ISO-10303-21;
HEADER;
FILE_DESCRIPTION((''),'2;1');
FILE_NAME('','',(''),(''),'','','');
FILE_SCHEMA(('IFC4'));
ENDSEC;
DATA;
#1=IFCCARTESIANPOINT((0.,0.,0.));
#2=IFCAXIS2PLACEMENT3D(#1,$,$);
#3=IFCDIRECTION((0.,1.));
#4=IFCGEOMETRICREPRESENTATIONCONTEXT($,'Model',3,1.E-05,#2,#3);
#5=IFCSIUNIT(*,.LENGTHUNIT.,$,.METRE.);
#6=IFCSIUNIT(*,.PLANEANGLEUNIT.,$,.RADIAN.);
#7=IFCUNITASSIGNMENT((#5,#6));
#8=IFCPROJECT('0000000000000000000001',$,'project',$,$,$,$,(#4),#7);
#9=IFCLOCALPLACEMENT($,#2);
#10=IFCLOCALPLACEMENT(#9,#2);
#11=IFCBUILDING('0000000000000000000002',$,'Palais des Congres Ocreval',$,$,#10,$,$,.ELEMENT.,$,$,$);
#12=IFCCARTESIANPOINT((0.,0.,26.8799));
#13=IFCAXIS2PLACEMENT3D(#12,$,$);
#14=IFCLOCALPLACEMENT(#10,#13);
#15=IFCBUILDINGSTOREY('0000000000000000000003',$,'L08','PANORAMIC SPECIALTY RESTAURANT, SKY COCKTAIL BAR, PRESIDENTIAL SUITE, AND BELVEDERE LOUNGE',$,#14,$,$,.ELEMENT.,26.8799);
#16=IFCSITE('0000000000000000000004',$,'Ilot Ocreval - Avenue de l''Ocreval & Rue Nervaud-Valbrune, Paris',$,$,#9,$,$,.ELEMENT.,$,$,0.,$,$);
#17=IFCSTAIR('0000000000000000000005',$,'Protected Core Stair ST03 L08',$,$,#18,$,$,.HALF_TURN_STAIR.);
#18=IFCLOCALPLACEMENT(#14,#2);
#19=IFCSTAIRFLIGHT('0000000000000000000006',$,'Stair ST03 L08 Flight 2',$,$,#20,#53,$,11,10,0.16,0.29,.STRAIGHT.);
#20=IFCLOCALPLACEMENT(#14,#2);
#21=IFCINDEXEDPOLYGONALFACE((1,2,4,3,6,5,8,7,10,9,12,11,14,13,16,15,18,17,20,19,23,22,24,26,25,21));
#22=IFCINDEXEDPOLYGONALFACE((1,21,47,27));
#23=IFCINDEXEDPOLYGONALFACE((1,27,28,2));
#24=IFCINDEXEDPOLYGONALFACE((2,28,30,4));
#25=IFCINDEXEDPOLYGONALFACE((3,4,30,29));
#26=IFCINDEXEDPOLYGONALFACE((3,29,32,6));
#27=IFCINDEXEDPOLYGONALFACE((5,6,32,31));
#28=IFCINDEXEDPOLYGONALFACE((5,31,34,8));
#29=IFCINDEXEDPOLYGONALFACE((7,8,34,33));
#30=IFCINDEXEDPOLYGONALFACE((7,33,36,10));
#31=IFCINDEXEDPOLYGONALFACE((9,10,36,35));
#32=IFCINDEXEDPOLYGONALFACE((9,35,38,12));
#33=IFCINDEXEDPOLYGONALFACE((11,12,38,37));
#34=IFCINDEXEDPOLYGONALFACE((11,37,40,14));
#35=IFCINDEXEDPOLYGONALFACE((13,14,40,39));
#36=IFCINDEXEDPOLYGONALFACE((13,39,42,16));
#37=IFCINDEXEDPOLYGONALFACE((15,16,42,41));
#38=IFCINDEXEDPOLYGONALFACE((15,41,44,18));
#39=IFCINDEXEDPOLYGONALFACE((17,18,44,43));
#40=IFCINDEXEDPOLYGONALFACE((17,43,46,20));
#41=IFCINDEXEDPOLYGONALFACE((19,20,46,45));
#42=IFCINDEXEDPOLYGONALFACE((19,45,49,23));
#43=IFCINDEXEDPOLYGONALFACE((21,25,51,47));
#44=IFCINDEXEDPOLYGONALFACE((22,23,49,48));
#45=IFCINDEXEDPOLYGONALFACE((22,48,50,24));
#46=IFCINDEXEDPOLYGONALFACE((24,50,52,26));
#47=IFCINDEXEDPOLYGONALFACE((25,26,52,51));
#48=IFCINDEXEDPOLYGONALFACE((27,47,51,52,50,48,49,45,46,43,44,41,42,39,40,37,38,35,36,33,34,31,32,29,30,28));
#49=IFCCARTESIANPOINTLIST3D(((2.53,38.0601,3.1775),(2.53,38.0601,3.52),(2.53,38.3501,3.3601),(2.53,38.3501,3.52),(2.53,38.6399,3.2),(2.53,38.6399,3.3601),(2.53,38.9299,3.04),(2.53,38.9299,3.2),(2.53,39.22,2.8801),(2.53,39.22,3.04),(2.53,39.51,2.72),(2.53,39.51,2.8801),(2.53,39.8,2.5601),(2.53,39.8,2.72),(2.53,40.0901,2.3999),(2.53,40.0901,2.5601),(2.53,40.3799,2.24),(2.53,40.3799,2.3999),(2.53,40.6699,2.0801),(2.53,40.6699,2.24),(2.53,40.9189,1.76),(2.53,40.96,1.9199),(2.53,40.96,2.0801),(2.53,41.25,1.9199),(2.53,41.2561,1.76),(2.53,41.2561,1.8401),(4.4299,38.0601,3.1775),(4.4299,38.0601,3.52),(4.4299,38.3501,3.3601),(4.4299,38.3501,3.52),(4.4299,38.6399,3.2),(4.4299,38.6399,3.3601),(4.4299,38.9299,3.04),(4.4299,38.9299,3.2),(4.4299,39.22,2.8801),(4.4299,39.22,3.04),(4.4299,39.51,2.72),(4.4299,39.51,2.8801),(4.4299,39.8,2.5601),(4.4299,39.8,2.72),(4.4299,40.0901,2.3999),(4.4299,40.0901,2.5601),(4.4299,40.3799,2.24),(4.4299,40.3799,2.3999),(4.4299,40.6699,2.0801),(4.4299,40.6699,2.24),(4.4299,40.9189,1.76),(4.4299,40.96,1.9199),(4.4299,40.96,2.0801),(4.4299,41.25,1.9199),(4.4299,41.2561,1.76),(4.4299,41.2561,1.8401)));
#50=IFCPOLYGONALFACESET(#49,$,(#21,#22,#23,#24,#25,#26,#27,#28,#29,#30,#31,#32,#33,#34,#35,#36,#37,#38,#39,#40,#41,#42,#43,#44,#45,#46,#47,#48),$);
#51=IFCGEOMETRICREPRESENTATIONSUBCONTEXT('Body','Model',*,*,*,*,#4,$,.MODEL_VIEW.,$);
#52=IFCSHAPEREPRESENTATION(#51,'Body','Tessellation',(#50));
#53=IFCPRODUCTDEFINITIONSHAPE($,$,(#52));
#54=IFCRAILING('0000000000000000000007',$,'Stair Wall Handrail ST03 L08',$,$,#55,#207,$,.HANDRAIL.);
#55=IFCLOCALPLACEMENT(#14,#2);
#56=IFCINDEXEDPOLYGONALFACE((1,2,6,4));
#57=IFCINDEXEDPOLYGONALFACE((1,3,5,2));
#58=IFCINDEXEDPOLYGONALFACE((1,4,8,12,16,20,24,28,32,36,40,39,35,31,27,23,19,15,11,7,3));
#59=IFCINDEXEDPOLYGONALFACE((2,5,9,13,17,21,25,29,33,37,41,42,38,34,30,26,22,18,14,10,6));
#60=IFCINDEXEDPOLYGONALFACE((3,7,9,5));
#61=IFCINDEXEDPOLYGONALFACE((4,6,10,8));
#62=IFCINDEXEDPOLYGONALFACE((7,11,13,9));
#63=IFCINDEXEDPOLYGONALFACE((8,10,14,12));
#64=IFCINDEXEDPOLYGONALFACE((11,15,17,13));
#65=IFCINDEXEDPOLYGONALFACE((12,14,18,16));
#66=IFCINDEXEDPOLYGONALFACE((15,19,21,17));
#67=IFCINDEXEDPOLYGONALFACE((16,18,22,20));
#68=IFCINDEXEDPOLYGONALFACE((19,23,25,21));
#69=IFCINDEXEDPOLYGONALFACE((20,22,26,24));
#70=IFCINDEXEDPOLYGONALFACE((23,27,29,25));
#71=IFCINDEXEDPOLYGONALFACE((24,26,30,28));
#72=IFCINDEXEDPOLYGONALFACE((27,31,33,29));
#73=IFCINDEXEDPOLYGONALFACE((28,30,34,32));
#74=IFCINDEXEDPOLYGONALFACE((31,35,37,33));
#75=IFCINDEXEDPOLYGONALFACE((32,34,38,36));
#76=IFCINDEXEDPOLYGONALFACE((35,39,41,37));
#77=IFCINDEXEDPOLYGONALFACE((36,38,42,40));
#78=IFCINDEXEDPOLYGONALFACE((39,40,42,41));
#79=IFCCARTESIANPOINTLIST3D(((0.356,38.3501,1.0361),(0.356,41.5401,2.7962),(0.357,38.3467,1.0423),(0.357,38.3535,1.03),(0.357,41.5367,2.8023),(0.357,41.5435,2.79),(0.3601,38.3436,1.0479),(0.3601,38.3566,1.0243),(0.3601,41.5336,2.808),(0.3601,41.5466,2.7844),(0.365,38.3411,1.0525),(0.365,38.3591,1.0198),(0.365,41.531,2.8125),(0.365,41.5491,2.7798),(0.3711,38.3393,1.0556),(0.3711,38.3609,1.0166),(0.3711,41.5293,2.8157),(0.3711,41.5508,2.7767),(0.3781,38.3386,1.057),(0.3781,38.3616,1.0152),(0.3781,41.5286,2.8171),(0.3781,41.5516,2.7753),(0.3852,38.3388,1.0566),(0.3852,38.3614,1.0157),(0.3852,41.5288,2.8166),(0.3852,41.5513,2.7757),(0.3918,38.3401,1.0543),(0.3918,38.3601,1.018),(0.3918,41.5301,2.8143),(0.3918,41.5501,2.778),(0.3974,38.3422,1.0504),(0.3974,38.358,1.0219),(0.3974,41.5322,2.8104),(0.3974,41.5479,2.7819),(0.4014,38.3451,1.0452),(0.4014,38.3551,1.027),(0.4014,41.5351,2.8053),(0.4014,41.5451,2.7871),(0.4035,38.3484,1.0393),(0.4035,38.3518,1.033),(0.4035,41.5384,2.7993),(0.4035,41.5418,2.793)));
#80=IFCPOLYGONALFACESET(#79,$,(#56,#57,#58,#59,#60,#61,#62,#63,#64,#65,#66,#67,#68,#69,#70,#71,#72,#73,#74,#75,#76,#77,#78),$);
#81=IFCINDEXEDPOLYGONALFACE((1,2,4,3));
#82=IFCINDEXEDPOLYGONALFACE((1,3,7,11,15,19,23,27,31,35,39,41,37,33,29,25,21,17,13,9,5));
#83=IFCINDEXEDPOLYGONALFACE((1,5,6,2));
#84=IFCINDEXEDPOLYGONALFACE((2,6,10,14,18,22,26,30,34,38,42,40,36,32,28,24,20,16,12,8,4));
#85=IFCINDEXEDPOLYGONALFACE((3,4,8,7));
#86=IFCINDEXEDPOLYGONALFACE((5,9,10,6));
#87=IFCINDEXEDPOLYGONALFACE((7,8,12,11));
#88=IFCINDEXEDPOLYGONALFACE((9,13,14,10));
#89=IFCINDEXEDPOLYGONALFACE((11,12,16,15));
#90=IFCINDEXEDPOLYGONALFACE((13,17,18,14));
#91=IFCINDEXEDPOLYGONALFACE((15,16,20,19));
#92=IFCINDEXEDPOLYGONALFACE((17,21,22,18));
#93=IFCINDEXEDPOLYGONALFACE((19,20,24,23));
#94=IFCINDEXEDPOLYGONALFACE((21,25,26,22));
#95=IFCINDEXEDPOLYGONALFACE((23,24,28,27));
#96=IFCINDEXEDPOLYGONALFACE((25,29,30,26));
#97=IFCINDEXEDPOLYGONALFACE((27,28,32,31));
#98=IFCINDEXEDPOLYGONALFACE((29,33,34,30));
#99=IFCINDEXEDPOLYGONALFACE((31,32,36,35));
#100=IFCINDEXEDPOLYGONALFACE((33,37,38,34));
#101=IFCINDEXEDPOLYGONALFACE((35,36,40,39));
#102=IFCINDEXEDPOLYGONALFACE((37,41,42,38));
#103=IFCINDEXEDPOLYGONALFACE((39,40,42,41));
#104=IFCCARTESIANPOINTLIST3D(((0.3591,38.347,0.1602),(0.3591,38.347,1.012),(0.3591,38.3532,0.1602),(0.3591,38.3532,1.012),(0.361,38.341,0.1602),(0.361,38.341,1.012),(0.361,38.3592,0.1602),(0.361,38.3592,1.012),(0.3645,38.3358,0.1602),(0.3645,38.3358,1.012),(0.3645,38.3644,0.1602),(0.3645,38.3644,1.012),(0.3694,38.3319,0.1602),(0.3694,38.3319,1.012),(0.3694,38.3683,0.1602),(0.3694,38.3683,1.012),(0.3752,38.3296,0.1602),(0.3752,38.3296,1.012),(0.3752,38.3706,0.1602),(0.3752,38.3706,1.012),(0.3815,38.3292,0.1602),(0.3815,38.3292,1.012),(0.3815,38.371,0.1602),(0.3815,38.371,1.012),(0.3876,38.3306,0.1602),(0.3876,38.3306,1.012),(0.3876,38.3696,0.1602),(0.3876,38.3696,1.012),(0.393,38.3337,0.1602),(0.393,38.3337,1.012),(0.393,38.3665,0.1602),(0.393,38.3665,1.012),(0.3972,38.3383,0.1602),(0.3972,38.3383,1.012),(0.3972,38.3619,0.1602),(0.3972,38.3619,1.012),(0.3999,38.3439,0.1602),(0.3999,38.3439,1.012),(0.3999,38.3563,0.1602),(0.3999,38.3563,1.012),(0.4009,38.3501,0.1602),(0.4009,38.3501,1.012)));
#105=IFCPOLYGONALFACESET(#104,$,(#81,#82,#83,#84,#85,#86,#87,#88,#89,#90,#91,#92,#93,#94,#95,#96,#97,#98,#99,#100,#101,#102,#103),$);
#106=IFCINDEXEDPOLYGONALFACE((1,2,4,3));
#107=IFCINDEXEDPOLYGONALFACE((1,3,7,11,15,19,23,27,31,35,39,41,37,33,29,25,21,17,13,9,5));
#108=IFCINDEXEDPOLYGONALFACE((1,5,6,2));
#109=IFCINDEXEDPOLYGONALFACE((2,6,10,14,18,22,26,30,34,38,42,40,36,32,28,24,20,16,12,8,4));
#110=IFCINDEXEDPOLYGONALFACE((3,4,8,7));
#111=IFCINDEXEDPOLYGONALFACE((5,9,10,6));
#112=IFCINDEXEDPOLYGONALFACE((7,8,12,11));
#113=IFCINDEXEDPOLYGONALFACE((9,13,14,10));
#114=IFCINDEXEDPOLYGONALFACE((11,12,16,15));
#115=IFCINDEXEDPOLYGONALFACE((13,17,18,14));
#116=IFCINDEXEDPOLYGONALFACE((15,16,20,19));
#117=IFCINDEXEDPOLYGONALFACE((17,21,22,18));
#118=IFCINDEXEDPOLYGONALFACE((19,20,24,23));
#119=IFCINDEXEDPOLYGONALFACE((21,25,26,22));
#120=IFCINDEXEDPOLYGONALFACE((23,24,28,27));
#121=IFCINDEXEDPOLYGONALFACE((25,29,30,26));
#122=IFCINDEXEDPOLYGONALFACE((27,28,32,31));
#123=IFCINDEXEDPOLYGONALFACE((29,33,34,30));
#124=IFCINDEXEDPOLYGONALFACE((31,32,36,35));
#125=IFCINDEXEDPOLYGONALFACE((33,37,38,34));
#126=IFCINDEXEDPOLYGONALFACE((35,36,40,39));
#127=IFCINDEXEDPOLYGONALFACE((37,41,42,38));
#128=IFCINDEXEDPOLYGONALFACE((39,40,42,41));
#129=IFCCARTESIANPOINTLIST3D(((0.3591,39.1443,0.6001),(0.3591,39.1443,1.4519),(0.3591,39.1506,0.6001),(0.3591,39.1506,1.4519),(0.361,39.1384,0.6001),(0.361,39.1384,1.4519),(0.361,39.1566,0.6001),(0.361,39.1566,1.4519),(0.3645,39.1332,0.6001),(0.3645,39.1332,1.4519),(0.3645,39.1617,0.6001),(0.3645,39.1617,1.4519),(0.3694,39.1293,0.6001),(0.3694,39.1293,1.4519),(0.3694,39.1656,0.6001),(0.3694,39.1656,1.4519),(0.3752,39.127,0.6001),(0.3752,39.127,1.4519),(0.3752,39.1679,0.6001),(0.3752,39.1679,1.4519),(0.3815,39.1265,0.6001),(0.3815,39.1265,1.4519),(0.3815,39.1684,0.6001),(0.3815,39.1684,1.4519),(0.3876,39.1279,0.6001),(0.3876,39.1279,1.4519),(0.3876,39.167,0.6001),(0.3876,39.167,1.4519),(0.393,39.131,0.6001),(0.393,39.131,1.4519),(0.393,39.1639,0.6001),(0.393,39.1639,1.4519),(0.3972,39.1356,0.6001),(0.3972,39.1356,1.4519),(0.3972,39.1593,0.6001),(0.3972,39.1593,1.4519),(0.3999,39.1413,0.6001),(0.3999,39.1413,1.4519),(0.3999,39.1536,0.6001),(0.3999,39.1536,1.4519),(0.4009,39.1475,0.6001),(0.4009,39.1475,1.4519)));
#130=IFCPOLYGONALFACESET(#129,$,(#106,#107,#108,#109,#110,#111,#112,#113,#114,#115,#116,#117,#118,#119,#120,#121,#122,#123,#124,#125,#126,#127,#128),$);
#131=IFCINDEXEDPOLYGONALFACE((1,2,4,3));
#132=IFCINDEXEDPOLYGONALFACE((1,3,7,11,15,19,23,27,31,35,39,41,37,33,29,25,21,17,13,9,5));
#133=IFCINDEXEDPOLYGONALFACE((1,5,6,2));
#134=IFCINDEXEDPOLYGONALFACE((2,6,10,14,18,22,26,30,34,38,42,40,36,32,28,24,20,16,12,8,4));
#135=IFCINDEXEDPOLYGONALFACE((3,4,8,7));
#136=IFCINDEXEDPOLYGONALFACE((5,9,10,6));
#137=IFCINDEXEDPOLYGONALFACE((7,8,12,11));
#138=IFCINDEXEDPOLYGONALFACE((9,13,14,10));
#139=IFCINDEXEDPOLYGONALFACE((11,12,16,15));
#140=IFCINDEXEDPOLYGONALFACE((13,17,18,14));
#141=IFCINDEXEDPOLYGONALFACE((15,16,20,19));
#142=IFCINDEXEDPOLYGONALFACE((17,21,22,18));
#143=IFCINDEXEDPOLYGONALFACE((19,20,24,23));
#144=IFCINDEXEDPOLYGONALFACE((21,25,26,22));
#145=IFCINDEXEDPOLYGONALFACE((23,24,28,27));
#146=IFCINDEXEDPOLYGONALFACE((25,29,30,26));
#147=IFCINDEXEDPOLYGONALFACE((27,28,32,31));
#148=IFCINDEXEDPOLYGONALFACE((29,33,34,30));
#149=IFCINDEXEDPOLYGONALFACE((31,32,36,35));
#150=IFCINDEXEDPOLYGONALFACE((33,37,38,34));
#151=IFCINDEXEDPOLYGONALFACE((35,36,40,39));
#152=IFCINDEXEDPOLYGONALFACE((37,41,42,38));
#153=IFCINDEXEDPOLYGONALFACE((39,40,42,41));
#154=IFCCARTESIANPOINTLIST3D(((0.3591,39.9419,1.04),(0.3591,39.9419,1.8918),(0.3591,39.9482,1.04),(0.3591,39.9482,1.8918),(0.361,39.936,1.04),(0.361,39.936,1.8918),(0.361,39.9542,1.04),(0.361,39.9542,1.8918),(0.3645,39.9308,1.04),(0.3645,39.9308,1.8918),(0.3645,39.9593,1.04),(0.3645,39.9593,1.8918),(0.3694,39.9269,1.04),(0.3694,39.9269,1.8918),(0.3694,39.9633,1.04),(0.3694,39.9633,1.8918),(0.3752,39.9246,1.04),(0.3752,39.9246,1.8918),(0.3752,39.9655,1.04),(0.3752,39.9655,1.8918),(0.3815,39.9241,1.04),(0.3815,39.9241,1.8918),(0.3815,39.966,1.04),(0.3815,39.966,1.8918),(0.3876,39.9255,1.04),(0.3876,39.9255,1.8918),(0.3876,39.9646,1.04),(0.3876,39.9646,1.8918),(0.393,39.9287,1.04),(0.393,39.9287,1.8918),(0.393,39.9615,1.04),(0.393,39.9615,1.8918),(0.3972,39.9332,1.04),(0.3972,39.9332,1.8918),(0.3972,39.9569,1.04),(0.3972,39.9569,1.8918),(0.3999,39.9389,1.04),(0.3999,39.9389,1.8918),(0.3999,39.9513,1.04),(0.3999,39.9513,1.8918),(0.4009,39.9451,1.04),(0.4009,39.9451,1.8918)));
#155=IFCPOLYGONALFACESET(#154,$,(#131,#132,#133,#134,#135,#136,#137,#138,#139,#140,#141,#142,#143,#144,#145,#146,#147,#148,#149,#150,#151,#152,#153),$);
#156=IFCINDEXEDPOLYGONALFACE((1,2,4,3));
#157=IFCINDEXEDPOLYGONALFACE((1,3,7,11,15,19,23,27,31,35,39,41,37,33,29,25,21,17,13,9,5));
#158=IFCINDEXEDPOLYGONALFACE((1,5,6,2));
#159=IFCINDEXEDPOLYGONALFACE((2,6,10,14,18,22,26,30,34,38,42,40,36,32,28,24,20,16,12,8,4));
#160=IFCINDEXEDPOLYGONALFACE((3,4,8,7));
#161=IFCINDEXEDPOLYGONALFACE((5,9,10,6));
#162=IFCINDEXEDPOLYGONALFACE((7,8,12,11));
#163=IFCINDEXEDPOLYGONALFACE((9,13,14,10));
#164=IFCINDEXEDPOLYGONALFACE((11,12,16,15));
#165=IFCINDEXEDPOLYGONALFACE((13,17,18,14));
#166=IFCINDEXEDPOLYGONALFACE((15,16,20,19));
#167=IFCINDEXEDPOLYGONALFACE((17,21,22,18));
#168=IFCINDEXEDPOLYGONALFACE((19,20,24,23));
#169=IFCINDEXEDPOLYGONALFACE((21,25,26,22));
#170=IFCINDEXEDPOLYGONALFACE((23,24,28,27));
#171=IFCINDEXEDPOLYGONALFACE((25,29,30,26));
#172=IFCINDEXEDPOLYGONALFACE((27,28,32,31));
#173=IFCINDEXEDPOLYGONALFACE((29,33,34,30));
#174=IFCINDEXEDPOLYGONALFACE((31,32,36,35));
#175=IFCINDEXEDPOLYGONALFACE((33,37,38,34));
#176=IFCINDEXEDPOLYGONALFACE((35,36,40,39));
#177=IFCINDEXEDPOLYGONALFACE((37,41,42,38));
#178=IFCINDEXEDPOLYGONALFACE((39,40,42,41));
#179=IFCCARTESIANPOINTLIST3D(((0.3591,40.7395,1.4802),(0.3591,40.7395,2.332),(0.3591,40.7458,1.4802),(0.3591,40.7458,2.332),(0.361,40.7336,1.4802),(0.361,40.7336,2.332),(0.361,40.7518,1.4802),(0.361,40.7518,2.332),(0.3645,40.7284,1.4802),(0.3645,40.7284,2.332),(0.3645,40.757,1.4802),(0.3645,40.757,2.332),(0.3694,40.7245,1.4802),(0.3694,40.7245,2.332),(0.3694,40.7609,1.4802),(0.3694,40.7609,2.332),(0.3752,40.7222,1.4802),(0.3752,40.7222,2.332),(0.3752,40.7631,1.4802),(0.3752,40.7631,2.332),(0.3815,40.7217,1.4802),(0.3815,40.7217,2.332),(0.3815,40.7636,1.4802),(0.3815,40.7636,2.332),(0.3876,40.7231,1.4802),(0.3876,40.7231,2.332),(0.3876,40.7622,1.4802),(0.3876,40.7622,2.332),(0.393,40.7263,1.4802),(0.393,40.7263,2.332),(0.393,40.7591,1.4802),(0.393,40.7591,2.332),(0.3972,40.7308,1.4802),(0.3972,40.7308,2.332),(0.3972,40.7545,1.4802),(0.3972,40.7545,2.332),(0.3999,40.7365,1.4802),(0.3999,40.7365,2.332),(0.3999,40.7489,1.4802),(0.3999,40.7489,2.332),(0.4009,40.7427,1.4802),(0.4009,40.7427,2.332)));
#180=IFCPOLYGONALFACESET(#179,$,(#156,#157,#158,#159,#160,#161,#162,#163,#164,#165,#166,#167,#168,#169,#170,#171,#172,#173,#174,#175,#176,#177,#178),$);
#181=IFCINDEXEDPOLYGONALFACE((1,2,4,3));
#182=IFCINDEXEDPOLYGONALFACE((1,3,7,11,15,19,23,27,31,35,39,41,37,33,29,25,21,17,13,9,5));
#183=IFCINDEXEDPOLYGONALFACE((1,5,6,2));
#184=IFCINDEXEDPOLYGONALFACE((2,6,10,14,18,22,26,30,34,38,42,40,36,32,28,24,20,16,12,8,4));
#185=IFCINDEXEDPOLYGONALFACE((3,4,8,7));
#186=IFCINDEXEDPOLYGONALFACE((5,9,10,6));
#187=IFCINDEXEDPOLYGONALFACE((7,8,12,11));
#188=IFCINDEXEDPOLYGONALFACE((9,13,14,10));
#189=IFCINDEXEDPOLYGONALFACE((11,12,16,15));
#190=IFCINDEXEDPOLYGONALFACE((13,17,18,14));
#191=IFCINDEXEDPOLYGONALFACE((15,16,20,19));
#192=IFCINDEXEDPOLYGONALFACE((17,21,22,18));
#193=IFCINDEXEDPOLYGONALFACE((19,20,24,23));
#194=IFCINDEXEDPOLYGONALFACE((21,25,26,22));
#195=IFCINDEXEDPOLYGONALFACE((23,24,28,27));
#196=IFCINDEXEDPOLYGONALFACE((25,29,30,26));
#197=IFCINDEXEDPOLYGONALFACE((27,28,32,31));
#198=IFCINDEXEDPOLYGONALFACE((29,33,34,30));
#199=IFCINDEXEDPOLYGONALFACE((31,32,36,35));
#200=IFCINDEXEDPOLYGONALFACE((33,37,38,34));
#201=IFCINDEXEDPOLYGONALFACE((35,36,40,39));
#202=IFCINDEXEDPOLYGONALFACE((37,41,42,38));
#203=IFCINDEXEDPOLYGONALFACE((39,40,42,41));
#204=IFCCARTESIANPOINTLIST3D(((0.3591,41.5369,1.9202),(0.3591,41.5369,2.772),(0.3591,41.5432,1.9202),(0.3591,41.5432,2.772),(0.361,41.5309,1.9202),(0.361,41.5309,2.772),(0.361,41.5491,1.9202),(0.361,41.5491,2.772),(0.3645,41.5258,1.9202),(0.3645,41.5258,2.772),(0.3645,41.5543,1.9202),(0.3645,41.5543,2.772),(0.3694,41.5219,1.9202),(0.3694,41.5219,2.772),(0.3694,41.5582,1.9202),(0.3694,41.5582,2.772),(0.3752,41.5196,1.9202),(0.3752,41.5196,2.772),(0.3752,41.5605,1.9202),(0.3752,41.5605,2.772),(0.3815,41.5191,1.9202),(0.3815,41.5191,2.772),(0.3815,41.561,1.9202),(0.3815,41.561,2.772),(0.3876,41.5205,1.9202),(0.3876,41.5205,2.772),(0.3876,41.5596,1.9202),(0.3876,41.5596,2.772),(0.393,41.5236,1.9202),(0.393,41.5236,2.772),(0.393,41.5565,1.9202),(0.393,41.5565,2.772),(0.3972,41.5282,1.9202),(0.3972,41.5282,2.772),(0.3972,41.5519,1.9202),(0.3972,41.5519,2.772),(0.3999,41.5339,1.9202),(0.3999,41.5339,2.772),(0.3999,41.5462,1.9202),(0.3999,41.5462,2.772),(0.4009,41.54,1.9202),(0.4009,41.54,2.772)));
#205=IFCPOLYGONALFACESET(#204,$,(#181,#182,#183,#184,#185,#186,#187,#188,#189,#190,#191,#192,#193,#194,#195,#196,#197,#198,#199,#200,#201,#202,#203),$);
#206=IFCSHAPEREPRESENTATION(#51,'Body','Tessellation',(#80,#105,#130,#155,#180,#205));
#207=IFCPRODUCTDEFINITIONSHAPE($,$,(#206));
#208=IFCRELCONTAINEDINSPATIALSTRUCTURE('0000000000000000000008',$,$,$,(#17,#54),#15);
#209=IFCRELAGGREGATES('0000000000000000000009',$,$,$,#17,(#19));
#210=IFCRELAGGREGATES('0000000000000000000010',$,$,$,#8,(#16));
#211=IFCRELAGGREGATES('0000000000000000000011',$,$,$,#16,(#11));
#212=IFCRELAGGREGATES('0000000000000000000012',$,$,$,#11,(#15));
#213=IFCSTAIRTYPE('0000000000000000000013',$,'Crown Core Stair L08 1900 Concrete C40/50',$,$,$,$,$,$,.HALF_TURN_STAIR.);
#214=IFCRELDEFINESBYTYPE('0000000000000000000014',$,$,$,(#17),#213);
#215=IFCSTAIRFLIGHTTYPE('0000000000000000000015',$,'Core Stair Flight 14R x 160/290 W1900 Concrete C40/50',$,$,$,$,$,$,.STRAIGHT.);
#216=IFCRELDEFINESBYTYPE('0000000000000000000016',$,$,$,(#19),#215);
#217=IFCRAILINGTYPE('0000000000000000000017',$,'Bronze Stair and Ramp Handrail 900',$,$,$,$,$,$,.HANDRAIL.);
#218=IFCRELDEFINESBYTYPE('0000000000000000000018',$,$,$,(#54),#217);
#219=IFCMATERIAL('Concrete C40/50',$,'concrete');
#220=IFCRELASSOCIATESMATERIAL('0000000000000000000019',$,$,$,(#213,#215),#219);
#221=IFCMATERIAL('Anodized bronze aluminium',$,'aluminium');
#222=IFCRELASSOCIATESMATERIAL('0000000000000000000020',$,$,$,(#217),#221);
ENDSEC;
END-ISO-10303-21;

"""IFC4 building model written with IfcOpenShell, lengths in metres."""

from ifc_helpers import new_model, si_unit, direction, frame, origin, origin_2d, place, context, subcontext, project, spatial, polyline, circle, outline, extrude, material, type_object, element, aggregate, save


model = new_model("IFC4")

# Units and contexts
model_context = context("Model", 3, precision=1e-05, world=origin(), true_north=direction((0.0, 1.0)))
body_context = subcontext(model_context, "Body", "Model", "MODEL_VIEW")
ifc_project = project(units=[si_unit("LENGTHUNIT", "METRE"), si_unit("PLANEANGLEUNIT", "RADIAN")], contexts=[model_context])

# Site, building, storey
site_placement = place(None, origin())
site = spatial("IfcSite", under=ifc_project, at=site_placement, Name="Ilot Ocreval - Avenue de l'Ocreval & Rue Nervaud-Valbrune, Paris", CompositionType="ELEMENT", RefElevation=0.0)
building_placement = place(site_placement, origin())
building = spatial("IfcBuilding", under=site, at=building_placement, Name="Palais des Congres Ocreval", CompositionType="ELEMENT")
storey_placement = place(building_placement, frame((0.0, 0.0, 26.8799)))
storey = spatial("IfcBuildingStorey", under=building, at=storey_placement, Name="L08", Description="PANORAMIC SPECIALTY RESTAURANT, SKY COCKTAIL BAR, PRESIDENTIAL SUITE, AND BELVEDERE LOUNGE", CompositionType="ELEMENT", Elevation=26.8799)

# Shared definitions
ifc_material_1 = material(Name="Concrete C40/50", Category="concrete")

# Stair, stair flight
stair_type = type_object("IfcStairType", Name="Crown Core Stair L08 1900 Concrete C40/50", PredefinedType="HALF_TURN_STAIR", material=ifc_material_1)
stair_placement = place(storey_placement, origin())
stair = element("IfcStair", 1, at=stair_placement, inside=storey, type_object=stair_type, Name="Protected Core Stair ST03 L08", PredefinedType="HALF_TURN_STAIR")
stair_flight_type = type_object("IfcStairFlightType", Name="Core Stair Flight 14R x 160/290 W1900 Concrete C40/50", PredefinedType="STRAIGHT", material=ifc_material_1)
stair_flight_1_placement = place(storey_placement, frame((3.48, 41.25, 1.76), z_axis=(0.0, 0.0, 1.0), x_axis=(0.0, -1.0, 0.0)))
stair_flight_1 = element("IfcStairFlight", 2, at=stair_flight_1_placement, type_object=stair_flight_type, Name="Stair ST03 L08 Flight 2", NumberOfRisers=11, NumberOfTreads=10, PredefinedType="STRAIGHT", RiserHeight=0.16, TreadLength=0.29, context=body_context, shape_type="SweptSolid", body=[
    extrude(outline(polyline([(-0.0061, 0.0), (-0.0061, 0.0801), (0.0, 0.1599), (0.29, 0.1599), (0.29, 0.3201), (0.5801, 0.3201), (0.5801, 0.48), (0.8701, 0.48), (0.8701, 0.6399), (1.1599, 0.6399), (1.1599, 0.8), (1.45, 0.8), (1.45, 0.96), (1.74, 0.96), (1.74, 1.1201), (2.03, 1.1201), (2.03, 1.28), (2.3201, 1.28), (2.3201, 1.4399), (2.6101, 1.4399), (2.6101, 1.6001), (2.8999, 1.6001), (2.8999, 1.76), (3.1899, 1.76), (3.1899, 1.4175), (0.3311, 0.0), (-0.0061, 0.0)])), frame((0.0, 0.95, 0.0), z_axis=(0.0, -1.0, 0.0), x_axis=(1.0, 0.0, 0.0)), (0.0, 0.0, 1.0), 1.8999),
])
aggregate(stair, [stair_flight_1])

# Railing
ifc_material_2 = material(Name="Anodized bronze aluminium", Category="aluminium")
railing_type_1 = type_object("IfcRailingType", Name="Bronze Stair and Ramp Handrail 900", PredefinedType="HANDRAIL", material=ifc_material_2)
railing_1_placement = place(storey_placement, frame((0.3799, 38.3501, 0.1602)))
element("IfcRailing", 3, at=railing_1_placement, inside=storey, type_object=railing_type_1, Name="Stair Wall Handrail ST03 L08", PredefinedType="HANDRAIL", context=body_context, shape_type="SweptSolid", body=[
    extrude(circle(Radius=0.0239, at=origin_2d()), frame((0.0, 0.0, 0.876), z_axis=(0.0, 0.875573, 0.483086), x_axis=(-1.0, 0.0, 0.0)), (0.0, 0.0, 1.0), 3.6433),
    extrude(circle(Radius=0.021, at=origin_2d()), origin(), (0.0, 0.0, 1.0), 0.8518),
    extrude(circle(Radius=0.021, at=origin_2d()), frame((0.0, 0.7974, 0.4399)), (0.0, 0.0, 1.0), 0.8518),
    extrude(circle(Radius=0.021, at=origin_2d()), frame((0.0, 1.595, 0.8799)), (0.0, 0.0, 1.0), 0.8518),
    extrude(circle(Radius=0.021, at=origin_2d()), frame((0.0, 2.3926, 1.3201)), (0.0, 0.0, 1.0), 0.8518),
    extrude(circle(Radius=0.021, at=origin_2d()), frame((0.0, 3.1899, 1.76)), (0.0, 0.0, 1.0), 0.8518),
])

save(model, "model.ifc")
